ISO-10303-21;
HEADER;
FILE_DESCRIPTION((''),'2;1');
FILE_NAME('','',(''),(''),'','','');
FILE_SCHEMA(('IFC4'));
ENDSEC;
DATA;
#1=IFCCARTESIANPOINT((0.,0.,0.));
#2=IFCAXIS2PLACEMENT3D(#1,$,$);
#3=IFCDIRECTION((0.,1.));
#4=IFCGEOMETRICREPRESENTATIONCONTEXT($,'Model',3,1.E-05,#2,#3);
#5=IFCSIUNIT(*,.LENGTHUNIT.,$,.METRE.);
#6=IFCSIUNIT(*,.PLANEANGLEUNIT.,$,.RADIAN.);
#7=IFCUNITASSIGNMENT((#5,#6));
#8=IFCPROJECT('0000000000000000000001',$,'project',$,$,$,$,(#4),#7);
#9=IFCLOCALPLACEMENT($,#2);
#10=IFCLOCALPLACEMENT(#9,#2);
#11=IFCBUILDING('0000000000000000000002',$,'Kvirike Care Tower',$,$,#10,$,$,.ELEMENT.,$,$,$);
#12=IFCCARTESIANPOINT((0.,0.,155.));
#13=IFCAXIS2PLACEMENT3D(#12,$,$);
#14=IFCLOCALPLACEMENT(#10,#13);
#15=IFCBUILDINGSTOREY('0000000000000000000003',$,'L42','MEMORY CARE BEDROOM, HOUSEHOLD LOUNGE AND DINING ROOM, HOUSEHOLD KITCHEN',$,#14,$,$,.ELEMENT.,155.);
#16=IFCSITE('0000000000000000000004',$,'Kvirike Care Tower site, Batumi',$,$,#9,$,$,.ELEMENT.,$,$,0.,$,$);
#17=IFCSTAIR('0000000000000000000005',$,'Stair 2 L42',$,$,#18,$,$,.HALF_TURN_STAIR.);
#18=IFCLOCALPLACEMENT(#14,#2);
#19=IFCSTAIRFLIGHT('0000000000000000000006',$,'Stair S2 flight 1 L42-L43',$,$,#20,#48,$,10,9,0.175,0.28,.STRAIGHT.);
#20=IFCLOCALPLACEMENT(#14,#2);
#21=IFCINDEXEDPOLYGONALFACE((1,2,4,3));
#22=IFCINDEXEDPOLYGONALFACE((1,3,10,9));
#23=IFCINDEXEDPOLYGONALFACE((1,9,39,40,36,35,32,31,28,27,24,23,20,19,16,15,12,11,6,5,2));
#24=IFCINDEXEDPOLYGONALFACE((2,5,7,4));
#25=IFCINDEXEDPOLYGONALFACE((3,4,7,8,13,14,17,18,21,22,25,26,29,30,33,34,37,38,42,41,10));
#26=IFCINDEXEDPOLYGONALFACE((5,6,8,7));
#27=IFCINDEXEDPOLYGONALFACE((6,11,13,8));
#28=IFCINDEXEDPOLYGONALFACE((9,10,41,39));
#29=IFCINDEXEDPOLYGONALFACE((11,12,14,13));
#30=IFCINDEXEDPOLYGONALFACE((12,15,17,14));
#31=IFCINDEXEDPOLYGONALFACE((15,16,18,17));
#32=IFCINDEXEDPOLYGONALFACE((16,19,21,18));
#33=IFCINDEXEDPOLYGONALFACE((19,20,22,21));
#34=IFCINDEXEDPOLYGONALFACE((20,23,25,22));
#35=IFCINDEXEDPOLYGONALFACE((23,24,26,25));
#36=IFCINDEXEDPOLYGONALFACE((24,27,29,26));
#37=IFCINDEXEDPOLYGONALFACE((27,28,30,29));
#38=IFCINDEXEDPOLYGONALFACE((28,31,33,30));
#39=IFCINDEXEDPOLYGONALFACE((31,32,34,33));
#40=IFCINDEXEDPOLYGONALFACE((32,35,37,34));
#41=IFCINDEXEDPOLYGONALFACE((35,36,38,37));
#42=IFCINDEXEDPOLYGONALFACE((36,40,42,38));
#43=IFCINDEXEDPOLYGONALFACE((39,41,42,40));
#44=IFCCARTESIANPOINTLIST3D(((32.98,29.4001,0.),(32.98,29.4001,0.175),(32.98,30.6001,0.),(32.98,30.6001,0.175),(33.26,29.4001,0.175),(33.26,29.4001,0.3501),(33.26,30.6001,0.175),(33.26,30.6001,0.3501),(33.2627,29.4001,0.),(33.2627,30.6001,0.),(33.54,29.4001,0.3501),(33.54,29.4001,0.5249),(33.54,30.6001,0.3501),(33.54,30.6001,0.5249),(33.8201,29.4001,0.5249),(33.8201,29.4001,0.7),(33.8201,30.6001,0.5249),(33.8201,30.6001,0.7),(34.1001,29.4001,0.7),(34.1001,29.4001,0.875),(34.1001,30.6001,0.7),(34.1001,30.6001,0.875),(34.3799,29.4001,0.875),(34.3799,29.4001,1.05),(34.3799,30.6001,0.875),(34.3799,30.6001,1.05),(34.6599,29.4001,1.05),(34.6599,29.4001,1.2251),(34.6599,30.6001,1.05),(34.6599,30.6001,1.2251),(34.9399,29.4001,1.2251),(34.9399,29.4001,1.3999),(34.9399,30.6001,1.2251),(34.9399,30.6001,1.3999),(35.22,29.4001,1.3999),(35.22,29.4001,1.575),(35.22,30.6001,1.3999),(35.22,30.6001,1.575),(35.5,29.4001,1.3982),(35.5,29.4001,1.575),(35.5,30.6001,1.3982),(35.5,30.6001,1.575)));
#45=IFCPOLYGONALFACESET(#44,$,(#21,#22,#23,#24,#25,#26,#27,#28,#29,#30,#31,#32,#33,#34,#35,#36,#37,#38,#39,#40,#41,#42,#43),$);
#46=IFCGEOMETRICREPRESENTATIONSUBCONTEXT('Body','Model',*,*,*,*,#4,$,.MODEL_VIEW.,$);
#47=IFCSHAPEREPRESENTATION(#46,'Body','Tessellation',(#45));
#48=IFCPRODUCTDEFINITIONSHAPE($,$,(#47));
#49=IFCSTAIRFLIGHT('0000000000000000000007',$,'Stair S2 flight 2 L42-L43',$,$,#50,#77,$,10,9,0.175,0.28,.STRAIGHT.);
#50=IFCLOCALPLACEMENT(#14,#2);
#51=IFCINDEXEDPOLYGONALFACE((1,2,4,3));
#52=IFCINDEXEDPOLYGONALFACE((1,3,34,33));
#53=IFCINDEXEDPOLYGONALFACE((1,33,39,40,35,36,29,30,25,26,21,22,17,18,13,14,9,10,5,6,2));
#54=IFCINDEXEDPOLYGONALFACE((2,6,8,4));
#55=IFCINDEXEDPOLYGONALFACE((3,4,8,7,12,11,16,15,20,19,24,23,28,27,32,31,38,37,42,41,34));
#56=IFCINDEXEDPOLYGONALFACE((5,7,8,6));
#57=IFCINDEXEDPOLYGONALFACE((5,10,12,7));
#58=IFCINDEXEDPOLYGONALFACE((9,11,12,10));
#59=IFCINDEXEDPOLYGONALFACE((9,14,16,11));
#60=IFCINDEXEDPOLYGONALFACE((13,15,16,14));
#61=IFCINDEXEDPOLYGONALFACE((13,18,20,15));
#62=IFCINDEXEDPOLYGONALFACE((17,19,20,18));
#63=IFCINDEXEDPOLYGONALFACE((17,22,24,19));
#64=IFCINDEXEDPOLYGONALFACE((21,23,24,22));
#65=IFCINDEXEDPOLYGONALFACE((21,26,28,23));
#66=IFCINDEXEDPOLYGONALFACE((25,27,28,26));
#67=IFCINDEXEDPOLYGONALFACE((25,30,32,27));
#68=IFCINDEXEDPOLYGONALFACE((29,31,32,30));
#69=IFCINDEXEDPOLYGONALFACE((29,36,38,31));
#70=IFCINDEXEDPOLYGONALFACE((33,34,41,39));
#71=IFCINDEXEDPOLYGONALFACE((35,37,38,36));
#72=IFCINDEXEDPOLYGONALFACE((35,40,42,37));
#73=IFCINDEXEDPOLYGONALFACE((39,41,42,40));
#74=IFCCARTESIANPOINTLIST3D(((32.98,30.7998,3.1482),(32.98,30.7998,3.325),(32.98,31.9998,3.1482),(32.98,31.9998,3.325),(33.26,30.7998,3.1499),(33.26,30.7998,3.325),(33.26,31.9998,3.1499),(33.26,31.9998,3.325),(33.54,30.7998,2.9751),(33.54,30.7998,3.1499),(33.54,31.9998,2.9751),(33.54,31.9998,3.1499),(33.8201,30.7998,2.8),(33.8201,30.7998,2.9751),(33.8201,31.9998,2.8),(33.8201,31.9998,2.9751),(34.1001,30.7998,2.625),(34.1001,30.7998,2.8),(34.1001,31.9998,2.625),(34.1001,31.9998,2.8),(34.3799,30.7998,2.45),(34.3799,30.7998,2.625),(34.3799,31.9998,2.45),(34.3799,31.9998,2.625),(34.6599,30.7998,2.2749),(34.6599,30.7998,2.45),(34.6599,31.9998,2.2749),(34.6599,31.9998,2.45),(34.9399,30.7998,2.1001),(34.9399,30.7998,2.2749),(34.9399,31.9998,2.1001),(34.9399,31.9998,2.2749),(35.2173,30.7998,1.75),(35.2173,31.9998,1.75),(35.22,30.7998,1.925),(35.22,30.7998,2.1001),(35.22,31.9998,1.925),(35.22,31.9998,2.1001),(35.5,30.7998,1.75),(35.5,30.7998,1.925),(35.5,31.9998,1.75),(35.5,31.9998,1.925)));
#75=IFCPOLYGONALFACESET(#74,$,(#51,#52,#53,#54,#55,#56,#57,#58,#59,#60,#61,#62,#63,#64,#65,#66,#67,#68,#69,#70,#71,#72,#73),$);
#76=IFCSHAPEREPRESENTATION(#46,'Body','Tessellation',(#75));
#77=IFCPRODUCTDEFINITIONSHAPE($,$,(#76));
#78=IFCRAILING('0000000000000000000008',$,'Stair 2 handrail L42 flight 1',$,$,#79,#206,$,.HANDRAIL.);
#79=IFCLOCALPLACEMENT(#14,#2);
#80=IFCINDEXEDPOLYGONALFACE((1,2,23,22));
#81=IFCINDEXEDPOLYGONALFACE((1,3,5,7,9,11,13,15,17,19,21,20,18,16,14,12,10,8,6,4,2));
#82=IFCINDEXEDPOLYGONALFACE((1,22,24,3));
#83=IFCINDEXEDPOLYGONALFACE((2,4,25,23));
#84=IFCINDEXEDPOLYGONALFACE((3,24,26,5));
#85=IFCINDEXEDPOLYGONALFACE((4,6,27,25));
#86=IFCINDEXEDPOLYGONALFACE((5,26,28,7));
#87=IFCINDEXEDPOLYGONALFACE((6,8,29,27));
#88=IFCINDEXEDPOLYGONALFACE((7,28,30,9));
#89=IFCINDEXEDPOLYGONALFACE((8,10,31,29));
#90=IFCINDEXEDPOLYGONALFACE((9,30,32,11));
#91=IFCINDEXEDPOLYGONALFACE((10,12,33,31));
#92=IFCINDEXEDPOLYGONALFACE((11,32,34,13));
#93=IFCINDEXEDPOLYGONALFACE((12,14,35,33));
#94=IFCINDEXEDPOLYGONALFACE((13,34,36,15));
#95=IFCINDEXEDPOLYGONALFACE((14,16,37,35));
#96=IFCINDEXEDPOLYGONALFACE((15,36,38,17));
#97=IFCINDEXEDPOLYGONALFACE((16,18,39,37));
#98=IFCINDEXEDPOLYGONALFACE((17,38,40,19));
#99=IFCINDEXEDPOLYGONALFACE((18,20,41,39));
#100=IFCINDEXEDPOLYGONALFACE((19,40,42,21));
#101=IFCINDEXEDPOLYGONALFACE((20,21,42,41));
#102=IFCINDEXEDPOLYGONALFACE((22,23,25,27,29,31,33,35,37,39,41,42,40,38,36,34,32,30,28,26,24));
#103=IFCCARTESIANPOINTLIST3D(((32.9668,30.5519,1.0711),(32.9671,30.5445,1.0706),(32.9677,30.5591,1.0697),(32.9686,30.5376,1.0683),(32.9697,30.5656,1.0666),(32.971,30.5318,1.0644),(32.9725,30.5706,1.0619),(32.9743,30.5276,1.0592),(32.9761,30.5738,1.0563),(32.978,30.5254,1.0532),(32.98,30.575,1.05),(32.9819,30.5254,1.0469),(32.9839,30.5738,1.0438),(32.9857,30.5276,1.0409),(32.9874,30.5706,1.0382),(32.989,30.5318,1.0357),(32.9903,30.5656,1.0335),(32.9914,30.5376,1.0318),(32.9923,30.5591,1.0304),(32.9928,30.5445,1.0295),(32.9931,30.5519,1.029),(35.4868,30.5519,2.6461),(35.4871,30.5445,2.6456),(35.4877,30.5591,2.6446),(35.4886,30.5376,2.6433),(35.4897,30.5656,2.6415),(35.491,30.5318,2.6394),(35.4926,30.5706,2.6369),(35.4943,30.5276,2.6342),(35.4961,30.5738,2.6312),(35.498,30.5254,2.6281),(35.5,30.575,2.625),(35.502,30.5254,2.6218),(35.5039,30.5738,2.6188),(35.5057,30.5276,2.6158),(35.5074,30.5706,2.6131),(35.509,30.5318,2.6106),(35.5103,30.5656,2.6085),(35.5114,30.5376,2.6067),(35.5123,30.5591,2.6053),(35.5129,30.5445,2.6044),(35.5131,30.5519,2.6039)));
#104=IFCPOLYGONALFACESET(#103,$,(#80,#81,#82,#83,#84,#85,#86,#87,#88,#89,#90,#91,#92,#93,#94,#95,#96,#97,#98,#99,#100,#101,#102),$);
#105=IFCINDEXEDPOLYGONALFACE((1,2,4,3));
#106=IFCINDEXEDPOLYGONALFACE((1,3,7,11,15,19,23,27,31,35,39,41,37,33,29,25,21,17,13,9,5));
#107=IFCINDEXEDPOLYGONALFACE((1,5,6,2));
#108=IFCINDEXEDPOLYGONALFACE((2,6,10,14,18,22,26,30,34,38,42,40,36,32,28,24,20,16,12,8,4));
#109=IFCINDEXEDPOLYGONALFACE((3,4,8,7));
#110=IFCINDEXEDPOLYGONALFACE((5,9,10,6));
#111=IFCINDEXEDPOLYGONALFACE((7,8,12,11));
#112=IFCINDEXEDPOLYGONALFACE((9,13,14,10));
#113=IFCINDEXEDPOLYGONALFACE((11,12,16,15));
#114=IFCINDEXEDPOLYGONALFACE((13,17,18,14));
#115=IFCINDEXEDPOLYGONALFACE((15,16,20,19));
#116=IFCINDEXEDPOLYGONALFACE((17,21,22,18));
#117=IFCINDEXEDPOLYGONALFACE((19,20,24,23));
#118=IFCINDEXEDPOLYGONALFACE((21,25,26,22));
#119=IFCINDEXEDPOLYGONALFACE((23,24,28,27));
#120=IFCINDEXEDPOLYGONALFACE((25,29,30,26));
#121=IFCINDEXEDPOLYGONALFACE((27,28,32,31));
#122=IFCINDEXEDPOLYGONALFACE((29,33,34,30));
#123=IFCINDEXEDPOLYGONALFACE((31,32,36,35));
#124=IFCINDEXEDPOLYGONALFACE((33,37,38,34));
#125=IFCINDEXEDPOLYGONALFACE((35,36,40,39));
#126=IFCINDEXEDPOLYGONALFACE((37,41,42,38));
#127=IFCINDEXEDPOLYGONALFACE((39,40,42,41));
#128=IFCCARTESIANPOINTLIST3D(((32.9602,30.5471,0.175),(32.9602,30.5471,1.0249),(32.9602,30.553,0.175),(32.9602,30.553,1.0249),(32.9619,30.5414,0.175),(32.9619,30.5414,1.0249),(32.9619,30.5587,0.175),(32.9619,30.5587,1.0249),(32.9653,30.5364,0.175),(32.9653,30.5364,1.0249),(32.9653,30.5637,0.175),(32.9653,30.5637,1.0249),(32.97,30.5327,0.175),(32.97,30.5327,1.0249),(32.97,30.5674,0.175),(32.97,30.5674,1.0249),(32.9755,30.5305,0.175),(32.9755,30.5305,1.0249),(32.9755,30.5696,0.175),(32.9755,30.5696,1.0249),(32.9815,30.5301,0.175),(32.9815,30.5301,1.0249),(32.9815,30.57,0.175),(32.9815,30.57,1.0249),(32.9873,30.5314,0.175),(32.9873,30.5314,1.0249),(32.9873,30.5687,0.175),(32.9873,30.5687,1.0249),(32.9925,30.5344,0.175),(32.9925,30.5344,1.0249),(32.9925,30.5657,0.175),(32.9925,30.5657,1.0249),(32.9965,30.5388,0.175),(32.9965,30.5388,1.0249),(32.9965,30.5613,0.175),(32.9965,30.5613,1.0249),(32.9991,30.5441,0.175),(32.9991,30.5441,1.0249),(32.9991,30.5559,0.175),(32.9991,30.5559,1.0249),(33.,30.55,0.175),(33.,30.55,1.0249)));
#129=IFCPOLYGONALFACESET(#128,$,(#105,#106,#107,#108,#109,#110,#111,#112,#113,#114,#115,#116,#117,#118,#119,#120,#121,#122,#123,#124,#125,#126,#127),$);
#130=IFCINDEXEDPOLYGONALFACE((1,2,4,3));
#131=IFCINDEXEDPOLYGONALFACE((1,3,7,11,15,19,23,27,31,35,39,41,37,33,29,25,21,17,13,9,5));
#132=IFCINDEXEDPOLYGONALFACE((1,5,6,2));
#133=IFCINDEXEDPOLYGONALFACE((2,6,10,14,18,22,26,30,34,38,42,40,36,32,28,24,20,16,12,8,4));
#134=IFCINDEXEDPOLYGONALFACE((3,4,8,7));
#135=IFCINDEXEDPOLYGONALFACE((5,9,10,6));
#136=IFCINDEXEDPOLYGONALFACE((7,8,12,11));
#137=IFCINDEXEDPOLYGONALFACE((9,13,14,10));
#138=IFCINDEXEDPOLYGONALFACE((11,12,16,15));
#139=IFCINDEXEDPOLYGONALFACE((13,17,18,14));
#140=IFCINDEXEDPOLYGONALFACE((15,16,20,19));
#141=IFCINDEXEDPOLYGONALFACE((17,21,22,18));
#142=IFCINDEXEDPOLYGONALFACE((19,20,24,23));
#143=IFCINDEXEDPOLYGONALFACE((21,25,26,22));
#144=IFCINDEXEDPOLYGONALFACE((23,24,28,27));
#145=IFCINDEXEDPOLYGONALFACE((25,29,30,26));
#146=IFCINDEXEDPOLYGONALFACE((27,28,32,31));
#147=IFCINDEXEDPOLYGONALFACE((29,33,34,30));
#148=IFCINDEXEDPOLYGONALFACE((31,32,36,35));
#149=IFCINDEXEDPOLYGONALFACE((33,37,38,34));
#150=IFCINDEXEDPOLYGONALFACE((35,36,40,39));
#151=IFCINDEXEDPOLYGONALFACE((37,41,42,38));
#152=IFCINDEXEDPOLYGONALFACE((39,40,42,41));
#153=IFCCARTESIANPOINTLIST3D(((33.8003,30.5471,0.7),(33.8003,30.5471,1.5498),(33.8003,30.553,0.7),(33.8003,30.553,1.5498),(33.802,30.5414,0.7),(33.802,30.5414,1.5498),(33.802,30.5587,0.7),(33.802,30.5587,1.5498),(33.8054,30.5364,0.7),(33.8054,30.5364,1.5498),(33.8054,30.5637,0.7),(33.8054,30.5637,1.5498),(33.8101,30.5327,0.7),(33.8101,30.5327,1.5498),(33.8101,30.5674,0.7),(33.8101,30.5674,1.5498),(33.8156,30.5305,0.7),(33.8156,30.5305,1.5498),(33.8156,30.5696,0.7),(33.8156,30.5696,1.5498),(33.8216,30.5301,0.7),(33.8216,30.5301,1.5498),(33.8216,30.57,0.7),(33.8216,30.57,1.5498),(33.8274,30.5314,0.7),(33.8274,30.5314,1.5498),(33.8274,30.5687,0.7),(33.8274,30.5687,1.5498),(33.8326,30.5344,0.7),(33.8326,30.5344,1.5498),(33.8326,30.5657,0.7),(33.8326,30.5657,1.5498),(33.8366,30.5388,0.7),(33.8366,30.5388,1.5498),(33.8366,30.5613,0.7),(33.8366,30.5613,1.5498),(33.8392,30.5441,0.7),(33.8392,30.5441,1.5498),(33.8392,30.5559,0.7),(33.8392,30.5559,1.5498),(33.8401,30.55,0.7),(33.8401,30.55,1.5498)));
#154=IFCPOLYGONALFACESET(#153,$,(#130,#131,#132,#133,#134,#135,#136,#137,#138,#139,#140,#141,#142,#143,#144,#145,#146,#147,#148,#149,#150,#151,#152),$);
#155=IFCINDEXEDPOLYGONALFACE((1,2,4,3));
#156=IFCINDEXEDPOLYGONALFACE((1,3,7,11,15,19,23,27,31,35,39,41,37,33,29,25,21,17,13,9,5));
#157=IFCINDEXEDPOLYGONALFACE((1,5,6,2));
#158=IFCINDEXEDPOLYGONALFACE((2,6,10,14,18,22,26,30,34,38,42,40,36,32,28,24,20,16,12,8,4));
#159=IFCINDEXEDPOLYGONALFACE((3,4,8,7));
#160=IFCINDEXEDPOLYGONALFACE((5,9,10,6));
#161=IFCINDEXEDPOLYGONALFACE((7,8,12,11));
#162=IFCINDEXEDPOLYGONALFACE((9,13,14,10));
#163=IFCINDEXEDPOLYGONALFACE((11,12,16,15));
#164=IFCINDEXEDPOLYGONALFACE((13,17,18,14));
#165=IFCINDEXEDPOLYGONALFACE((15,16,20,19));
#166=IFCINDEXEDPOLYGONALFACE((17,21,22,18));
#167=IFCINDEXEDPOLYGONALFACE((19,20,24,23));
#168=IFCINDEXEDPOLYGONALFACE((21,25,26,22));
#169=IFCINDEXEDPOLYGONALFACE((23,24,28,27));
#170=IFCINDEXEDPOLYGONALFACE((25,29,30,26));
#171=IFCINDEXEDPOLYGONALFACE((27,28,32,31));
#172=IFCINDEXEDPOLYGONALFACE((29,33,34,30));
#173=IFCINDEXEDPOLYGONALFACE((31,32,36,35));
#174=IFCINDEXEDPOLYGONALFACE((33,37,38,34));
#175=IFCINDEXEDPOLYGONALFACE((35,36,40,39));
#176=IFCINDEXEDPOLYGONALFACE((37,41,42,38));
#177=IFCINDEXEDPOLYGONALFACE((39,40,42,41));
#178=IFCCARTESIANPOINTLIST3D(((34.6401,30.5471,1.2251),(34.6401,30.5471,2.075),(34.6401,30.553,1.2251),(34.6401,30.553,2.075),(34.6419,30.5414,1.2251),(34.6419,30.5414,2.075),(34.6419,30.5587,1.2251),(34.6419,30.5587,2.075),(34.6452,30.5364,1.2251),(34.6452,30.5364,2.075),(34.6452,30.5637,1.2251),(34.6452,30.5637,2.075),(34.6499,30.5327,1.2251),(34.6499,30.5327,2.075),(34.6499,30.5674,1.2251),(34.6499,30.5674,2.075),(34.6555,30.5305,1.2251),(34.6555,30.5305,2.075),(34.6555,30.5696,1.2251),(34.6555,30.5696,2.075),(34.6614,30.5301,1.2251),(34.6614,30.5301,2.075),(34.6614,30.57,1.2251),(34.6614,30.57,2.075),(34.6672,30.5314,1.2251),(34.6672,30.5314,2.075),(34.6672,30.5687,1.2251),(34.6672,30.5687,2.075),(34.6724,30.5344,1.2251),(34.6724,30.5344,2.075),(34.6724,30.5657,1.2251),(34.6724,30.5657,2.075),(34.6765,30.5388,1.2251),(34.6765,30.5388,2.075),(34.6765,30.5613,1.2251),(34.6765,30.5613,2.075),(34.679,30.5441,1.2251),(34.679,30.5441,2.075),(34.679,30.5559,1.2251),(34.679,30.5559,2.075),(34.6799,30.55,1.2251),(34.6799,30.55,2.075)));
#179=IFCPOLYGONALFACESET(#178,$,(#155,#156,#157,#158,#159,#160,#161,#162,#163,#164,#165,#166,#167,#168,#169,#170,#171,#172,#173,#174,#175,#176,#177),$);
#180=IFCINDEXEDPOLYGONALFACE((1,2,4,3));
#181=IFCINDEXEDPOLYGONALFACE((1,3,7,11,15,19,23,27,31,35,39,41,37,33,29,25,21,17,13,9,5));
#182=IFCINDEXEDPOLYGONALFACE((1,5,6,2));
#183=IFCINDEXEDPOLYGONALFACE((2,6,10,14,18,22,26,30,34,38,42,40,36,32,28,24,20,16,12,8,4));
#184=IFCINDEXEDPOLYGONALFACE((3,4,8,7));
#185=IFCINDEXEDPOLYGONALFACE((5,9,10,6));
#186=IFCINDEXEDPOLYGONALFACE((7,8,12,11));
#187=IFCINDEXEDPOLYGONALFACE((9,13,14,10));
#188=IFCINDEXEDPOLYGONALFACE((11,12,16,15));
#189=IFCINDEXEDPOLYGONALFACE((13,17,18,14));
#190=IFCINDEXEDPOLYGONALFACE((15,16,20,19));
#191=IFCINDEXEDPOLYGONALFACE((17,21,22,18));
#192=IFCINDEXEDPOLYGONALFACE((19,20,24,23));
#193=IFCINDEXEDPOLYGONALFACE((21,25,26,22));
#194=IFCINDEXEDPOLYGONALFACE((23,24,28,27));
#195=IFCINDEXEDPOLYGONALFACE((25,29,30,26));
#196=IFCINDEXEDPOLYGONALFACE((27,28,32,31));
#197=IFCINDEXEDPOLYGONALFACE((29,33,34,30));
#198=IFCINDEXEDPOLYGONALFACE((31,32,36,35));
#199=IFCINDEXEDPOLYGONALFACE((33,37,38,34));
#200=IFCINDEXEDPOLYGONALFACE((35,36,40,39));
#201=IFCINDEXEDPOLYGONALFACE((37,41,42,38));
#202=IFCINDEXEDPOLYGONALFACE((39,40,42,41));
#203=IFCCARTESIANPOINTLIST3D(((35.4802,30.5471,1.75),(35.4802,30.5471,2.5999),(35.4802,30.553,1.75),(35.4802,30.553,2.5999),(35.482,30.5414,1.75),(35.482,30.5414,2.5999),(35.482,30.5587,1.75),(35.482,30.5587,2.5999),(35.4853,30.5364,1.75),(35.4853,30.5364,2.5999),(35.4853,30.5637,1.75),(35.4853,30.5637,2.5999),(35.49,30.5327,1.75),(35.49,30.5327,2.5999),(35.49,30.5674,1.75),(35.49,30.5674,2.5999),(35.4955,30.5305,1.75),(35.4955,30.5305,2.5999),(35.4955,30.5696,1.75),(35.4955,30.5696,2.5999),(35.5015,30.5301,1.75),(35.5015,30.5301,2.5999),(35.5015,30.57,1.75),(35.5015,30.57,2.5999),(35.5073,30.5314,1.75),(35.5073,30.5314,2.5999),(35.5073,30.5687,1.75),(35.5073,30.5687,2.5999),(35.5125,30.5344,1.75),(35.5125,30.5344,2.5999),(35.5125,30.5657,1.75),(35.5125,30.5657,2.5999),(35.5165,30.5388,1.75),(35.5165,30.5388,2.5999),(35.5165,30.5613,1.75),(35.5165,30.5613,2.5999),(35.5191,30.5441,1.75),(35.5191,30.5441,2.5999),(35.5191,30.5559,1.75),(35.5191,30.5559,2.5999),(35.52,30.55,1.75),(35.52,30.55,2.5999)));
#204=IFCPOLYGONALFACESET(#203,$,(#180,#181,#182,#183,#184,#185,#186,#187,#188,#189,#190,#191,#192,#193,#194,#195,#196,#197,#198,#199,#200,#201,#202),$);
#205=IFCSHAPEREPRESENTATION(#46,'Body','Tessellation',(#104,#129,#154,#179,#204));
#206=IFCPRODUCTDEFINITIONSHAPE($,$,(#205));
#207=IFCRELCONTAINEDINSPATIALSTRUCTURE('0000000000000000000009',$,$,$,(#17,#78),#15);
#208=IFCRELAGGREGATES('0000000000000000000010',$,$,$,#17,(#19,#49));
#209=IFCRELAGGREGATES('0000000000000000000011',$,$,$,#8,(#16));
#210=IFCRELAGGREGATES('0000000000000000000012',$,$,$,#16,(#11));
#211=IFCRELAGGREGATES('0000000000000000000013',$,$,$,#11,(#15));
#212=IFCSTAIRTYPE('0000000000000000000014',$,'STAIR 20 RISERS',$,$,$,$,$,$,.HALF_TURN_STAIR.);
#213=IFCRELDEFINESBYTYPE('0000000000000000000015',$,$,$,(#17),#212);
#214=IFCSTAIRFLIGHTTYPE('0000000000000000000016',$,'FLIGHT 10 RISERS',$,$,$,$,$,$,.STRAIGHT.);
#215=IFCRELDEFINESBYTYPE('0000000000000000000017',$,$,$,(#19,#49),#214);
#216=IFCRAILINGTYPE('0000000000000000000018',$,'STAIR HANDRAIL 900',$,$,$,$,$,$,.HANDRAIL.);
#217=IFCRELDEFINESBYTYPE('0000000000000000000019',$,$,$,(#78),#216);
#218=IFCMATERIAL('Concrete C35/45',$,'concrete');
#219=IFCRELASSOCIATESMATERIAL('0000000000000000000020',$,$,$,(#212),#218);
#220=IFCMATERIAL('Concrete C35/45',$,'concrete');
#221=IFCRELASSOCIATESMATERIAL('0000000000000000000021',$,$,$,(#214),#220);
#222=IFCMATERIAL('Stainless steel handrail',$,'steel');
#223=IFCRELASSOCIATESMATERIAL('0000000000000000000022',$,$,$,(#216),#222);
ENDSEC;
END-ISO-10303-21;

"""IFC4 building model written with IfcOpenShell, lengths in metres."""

from ifc_helpers import new_model, si_unit, direction, frame, origin, origin_2d, place, context, subcontext, project, spatial, polyline, circle, outline, extrude, material, type_object, element, aggregate, save


model = new_model("IFC4")

# Units and contexts
model_context = context("Model", 3, precision=1e-05, world=origin(), true_north=direction((0.0, 1.0)))
body_context = subcontext(model_context, "Body", "Model", "MODEL_VIEW")
ifc_project = project(units=[si_unit("LENGTHUNIT", "METRE"), si_unit("PLANEANGLEUNIT", "RADIAN")], contexts=[model_context])

# Site, building, storey
site_placement = place(None, origin())
site = spatial("IfcSite", under=ifc_project, at=site_placement, Name="Kvirike Care Tower site, Batumi", CompositionType="ELEMENT", RefElevation=0.0)
building_placement = place(site_placement, origin())
building = spatial("IfcBuilding", under=site, at=building_placement, Name="Kvirike Care Tower", CompositionType="ELEMENT")
storey_placement = place(building_placement, frame((0.0, 0.0, 155.0)))
storey = spatial("IfcBuildingStorey", under=building, at=storey_placement, Name="L42", Description="MEMORY CARE BEDROOM, HOUSEHOLD LOUNGE AND DINING ROOM, HOUSEHOLD KITCHEN", CompositionType="ELEMENT", Elevation=155.0)

# Stair, stair flights
ifc_material_1 = material(Name="Concrete C35/45", Category="concrete")
stair_type = type_object("IfcStairType", Name="STAIR 20 RISERS", PredefinedType="HALF_TURN_STAIR", material=ifc_material_1)
stair_placement = place(storey_placement, origin())
stair = element("IfcStair", 1, at=stair_placement, inside=storey, type_object=stair_type, Name="Stair 2 L42", PredefinedType="HALF_TURN_STAIR")
ifc_material_2 = material(Name="Concrete C35/45", Category="concrete")
stair_flight_type = type_object("IfcStairFlightType", Name="FLIGHT 10 RISERS", PredefinedType="STRAIGHT", material=ifc_material_2)
stair_flight_1_placement = place(storey_placement, frame((32.98, 30.0, 0.0), z_axis=(0.0, 0.0, 1.0), x_axis=(1.0, 0.0, 0.0)))
stair_flight_1 = element("IfcStairFlight", 2, at=stair_flight_1_placement, type_object=stair_flight_type, Name="Stair S2 flight 1 L42-L43", NumberOfRisers=10, NumberOfTreads=9, PredefinedType="STRAIGHT", RiserHeight=0.175, TreadLength=0.28, context=body_context, shape_type="SweptSolid", body=[
    extrude(outline(polyline([(0.0, 0.0), (0.0, 0.175), (0.28, 0.175), (0.28, 0.3501), (0.5601, 0.3501), (0.5601, 0.5249), (0.8401, 0.5249), (0.8401, 0.7), (1.1201, 0.7), (1.1201, 0.875), (1.3999, 0.875), (1.3999, 1.05), (1.6799, 1.05), (1.6799, 1.2251), (1.96, 1.2251), (1.96, 1.3999), (2.24, 1.3999), (2.24, 1.575), (2.52, 1.575), (2.52, 1.75), (2.52, 1.3982), (0.2827, 0.0), (0.0, 0.0)])), frame((0.0, 0.6001, 0.0), z_axis=(0.0, -1.0, 0.0), x_axis=(1.0, 0.0, 0.0)), (0.0, 0.0, 1.0), 1.2),
])
stair_flight_2_placement = place(storey_placement, frame((35.5, 31.3999, 1.75), z_axis=(0.0, 0.0, 1.0), x_axis=(-1.0, 0.0, 0.0)))
stair_flight_2 = element("IfcStairFlight", 3, at=stair_flight_2_placement, type_object=stair_flight_type, Name="Stair S2 flight 2 L42-L43", NumberOfRisers=10, NumberOfTreads=9, PredefinedType="STRAIGHT", RiserHeight=0.175, TreadLength=0.28, context=body_context, shape_type="SweptSolid", body=[
    extrude(outline(polyline([(0.0, 0.0), (0.0, 0.175), (0.28, 0.175), (0.28, 0.3501), (0.5601, 0.3501), (0.5601, 0.5249), (0.8401, 0.5249), (0.8401, 0.7), (1.1201, 0.7), (1.1201, 0.875), (1.3999, 0.875), (1.3999, 1.05), (1.6799, 1.05), (1.6799, 1.2251), (1.96, 1.2251), (1.96, 1.3999), (2.24, 1.3999), (2.24, 1.575), (2.52, 1.575), (2.52, 1.75), (2.52, 1.3982), (0.2827, 0.0), (0.0, 0.0)])), frame((0.0, 0.6001, 0.0), z_axis=(0.0, -1.0, 0.0), x_axis=(1.0, 0.0, 0.0)), (0.0, 0.0, 1.0), 1.2),
])
aggregate(stair, [stair_flight_1, stair_flight_2])

# Railing
ifc_material_3 = material(Name="Stainless steel handrail", Category="steel")
railing_type = type_object("IfcRailingType", Name="STAIR HANDRAIL 900", PredefinedType="HANDRAIL", material=ifc_material_3)
railing_1_placement = place(storey_placement, frame((32.98, 30.55, 0.175)))
element("IfcRailing", 4, at=railing_1_placement, inside=storey, type_object=railing_type, Name="Stair 2 handrail L42 flight 1", PredefinedType="HANDRAIL", context=body_context, shape_type="SweptSolid", body=[
    extrude(circle(Radius=0.0249, at=origin_2d()), frame((0.0, 0.0, 0.875), z_axis=(0.848008, 0.0, 0.529984), x_axis=(0.0, 1.0, 0.0)), (0.0, 0.0, 1.0), 2.9717),
    extrude(circle(Radius=0.02, at=origin_2d()), origin(), (0.0, 0.0, 1.0), 0.8499),
    extrude(circle(Radius=0.02, at=origin_2d()), frame((0.8401, 0.0, 0.5249)), (0.0, 0.0, 1.0), 0.8499),
    extrude(circle(Radius=0.02, at=origin_2d()), frame((1.6799, 0.0, 1.05)), (0.0, 0.0, 1.0), 0.8499),
    extrude(circle(Radius=0.02, at=origin_2d()), frame((2.52, 0.0, 1.575)), (0.0, 0.0, 1.0), 0.8499),
])

save(model, "model.ifc")
